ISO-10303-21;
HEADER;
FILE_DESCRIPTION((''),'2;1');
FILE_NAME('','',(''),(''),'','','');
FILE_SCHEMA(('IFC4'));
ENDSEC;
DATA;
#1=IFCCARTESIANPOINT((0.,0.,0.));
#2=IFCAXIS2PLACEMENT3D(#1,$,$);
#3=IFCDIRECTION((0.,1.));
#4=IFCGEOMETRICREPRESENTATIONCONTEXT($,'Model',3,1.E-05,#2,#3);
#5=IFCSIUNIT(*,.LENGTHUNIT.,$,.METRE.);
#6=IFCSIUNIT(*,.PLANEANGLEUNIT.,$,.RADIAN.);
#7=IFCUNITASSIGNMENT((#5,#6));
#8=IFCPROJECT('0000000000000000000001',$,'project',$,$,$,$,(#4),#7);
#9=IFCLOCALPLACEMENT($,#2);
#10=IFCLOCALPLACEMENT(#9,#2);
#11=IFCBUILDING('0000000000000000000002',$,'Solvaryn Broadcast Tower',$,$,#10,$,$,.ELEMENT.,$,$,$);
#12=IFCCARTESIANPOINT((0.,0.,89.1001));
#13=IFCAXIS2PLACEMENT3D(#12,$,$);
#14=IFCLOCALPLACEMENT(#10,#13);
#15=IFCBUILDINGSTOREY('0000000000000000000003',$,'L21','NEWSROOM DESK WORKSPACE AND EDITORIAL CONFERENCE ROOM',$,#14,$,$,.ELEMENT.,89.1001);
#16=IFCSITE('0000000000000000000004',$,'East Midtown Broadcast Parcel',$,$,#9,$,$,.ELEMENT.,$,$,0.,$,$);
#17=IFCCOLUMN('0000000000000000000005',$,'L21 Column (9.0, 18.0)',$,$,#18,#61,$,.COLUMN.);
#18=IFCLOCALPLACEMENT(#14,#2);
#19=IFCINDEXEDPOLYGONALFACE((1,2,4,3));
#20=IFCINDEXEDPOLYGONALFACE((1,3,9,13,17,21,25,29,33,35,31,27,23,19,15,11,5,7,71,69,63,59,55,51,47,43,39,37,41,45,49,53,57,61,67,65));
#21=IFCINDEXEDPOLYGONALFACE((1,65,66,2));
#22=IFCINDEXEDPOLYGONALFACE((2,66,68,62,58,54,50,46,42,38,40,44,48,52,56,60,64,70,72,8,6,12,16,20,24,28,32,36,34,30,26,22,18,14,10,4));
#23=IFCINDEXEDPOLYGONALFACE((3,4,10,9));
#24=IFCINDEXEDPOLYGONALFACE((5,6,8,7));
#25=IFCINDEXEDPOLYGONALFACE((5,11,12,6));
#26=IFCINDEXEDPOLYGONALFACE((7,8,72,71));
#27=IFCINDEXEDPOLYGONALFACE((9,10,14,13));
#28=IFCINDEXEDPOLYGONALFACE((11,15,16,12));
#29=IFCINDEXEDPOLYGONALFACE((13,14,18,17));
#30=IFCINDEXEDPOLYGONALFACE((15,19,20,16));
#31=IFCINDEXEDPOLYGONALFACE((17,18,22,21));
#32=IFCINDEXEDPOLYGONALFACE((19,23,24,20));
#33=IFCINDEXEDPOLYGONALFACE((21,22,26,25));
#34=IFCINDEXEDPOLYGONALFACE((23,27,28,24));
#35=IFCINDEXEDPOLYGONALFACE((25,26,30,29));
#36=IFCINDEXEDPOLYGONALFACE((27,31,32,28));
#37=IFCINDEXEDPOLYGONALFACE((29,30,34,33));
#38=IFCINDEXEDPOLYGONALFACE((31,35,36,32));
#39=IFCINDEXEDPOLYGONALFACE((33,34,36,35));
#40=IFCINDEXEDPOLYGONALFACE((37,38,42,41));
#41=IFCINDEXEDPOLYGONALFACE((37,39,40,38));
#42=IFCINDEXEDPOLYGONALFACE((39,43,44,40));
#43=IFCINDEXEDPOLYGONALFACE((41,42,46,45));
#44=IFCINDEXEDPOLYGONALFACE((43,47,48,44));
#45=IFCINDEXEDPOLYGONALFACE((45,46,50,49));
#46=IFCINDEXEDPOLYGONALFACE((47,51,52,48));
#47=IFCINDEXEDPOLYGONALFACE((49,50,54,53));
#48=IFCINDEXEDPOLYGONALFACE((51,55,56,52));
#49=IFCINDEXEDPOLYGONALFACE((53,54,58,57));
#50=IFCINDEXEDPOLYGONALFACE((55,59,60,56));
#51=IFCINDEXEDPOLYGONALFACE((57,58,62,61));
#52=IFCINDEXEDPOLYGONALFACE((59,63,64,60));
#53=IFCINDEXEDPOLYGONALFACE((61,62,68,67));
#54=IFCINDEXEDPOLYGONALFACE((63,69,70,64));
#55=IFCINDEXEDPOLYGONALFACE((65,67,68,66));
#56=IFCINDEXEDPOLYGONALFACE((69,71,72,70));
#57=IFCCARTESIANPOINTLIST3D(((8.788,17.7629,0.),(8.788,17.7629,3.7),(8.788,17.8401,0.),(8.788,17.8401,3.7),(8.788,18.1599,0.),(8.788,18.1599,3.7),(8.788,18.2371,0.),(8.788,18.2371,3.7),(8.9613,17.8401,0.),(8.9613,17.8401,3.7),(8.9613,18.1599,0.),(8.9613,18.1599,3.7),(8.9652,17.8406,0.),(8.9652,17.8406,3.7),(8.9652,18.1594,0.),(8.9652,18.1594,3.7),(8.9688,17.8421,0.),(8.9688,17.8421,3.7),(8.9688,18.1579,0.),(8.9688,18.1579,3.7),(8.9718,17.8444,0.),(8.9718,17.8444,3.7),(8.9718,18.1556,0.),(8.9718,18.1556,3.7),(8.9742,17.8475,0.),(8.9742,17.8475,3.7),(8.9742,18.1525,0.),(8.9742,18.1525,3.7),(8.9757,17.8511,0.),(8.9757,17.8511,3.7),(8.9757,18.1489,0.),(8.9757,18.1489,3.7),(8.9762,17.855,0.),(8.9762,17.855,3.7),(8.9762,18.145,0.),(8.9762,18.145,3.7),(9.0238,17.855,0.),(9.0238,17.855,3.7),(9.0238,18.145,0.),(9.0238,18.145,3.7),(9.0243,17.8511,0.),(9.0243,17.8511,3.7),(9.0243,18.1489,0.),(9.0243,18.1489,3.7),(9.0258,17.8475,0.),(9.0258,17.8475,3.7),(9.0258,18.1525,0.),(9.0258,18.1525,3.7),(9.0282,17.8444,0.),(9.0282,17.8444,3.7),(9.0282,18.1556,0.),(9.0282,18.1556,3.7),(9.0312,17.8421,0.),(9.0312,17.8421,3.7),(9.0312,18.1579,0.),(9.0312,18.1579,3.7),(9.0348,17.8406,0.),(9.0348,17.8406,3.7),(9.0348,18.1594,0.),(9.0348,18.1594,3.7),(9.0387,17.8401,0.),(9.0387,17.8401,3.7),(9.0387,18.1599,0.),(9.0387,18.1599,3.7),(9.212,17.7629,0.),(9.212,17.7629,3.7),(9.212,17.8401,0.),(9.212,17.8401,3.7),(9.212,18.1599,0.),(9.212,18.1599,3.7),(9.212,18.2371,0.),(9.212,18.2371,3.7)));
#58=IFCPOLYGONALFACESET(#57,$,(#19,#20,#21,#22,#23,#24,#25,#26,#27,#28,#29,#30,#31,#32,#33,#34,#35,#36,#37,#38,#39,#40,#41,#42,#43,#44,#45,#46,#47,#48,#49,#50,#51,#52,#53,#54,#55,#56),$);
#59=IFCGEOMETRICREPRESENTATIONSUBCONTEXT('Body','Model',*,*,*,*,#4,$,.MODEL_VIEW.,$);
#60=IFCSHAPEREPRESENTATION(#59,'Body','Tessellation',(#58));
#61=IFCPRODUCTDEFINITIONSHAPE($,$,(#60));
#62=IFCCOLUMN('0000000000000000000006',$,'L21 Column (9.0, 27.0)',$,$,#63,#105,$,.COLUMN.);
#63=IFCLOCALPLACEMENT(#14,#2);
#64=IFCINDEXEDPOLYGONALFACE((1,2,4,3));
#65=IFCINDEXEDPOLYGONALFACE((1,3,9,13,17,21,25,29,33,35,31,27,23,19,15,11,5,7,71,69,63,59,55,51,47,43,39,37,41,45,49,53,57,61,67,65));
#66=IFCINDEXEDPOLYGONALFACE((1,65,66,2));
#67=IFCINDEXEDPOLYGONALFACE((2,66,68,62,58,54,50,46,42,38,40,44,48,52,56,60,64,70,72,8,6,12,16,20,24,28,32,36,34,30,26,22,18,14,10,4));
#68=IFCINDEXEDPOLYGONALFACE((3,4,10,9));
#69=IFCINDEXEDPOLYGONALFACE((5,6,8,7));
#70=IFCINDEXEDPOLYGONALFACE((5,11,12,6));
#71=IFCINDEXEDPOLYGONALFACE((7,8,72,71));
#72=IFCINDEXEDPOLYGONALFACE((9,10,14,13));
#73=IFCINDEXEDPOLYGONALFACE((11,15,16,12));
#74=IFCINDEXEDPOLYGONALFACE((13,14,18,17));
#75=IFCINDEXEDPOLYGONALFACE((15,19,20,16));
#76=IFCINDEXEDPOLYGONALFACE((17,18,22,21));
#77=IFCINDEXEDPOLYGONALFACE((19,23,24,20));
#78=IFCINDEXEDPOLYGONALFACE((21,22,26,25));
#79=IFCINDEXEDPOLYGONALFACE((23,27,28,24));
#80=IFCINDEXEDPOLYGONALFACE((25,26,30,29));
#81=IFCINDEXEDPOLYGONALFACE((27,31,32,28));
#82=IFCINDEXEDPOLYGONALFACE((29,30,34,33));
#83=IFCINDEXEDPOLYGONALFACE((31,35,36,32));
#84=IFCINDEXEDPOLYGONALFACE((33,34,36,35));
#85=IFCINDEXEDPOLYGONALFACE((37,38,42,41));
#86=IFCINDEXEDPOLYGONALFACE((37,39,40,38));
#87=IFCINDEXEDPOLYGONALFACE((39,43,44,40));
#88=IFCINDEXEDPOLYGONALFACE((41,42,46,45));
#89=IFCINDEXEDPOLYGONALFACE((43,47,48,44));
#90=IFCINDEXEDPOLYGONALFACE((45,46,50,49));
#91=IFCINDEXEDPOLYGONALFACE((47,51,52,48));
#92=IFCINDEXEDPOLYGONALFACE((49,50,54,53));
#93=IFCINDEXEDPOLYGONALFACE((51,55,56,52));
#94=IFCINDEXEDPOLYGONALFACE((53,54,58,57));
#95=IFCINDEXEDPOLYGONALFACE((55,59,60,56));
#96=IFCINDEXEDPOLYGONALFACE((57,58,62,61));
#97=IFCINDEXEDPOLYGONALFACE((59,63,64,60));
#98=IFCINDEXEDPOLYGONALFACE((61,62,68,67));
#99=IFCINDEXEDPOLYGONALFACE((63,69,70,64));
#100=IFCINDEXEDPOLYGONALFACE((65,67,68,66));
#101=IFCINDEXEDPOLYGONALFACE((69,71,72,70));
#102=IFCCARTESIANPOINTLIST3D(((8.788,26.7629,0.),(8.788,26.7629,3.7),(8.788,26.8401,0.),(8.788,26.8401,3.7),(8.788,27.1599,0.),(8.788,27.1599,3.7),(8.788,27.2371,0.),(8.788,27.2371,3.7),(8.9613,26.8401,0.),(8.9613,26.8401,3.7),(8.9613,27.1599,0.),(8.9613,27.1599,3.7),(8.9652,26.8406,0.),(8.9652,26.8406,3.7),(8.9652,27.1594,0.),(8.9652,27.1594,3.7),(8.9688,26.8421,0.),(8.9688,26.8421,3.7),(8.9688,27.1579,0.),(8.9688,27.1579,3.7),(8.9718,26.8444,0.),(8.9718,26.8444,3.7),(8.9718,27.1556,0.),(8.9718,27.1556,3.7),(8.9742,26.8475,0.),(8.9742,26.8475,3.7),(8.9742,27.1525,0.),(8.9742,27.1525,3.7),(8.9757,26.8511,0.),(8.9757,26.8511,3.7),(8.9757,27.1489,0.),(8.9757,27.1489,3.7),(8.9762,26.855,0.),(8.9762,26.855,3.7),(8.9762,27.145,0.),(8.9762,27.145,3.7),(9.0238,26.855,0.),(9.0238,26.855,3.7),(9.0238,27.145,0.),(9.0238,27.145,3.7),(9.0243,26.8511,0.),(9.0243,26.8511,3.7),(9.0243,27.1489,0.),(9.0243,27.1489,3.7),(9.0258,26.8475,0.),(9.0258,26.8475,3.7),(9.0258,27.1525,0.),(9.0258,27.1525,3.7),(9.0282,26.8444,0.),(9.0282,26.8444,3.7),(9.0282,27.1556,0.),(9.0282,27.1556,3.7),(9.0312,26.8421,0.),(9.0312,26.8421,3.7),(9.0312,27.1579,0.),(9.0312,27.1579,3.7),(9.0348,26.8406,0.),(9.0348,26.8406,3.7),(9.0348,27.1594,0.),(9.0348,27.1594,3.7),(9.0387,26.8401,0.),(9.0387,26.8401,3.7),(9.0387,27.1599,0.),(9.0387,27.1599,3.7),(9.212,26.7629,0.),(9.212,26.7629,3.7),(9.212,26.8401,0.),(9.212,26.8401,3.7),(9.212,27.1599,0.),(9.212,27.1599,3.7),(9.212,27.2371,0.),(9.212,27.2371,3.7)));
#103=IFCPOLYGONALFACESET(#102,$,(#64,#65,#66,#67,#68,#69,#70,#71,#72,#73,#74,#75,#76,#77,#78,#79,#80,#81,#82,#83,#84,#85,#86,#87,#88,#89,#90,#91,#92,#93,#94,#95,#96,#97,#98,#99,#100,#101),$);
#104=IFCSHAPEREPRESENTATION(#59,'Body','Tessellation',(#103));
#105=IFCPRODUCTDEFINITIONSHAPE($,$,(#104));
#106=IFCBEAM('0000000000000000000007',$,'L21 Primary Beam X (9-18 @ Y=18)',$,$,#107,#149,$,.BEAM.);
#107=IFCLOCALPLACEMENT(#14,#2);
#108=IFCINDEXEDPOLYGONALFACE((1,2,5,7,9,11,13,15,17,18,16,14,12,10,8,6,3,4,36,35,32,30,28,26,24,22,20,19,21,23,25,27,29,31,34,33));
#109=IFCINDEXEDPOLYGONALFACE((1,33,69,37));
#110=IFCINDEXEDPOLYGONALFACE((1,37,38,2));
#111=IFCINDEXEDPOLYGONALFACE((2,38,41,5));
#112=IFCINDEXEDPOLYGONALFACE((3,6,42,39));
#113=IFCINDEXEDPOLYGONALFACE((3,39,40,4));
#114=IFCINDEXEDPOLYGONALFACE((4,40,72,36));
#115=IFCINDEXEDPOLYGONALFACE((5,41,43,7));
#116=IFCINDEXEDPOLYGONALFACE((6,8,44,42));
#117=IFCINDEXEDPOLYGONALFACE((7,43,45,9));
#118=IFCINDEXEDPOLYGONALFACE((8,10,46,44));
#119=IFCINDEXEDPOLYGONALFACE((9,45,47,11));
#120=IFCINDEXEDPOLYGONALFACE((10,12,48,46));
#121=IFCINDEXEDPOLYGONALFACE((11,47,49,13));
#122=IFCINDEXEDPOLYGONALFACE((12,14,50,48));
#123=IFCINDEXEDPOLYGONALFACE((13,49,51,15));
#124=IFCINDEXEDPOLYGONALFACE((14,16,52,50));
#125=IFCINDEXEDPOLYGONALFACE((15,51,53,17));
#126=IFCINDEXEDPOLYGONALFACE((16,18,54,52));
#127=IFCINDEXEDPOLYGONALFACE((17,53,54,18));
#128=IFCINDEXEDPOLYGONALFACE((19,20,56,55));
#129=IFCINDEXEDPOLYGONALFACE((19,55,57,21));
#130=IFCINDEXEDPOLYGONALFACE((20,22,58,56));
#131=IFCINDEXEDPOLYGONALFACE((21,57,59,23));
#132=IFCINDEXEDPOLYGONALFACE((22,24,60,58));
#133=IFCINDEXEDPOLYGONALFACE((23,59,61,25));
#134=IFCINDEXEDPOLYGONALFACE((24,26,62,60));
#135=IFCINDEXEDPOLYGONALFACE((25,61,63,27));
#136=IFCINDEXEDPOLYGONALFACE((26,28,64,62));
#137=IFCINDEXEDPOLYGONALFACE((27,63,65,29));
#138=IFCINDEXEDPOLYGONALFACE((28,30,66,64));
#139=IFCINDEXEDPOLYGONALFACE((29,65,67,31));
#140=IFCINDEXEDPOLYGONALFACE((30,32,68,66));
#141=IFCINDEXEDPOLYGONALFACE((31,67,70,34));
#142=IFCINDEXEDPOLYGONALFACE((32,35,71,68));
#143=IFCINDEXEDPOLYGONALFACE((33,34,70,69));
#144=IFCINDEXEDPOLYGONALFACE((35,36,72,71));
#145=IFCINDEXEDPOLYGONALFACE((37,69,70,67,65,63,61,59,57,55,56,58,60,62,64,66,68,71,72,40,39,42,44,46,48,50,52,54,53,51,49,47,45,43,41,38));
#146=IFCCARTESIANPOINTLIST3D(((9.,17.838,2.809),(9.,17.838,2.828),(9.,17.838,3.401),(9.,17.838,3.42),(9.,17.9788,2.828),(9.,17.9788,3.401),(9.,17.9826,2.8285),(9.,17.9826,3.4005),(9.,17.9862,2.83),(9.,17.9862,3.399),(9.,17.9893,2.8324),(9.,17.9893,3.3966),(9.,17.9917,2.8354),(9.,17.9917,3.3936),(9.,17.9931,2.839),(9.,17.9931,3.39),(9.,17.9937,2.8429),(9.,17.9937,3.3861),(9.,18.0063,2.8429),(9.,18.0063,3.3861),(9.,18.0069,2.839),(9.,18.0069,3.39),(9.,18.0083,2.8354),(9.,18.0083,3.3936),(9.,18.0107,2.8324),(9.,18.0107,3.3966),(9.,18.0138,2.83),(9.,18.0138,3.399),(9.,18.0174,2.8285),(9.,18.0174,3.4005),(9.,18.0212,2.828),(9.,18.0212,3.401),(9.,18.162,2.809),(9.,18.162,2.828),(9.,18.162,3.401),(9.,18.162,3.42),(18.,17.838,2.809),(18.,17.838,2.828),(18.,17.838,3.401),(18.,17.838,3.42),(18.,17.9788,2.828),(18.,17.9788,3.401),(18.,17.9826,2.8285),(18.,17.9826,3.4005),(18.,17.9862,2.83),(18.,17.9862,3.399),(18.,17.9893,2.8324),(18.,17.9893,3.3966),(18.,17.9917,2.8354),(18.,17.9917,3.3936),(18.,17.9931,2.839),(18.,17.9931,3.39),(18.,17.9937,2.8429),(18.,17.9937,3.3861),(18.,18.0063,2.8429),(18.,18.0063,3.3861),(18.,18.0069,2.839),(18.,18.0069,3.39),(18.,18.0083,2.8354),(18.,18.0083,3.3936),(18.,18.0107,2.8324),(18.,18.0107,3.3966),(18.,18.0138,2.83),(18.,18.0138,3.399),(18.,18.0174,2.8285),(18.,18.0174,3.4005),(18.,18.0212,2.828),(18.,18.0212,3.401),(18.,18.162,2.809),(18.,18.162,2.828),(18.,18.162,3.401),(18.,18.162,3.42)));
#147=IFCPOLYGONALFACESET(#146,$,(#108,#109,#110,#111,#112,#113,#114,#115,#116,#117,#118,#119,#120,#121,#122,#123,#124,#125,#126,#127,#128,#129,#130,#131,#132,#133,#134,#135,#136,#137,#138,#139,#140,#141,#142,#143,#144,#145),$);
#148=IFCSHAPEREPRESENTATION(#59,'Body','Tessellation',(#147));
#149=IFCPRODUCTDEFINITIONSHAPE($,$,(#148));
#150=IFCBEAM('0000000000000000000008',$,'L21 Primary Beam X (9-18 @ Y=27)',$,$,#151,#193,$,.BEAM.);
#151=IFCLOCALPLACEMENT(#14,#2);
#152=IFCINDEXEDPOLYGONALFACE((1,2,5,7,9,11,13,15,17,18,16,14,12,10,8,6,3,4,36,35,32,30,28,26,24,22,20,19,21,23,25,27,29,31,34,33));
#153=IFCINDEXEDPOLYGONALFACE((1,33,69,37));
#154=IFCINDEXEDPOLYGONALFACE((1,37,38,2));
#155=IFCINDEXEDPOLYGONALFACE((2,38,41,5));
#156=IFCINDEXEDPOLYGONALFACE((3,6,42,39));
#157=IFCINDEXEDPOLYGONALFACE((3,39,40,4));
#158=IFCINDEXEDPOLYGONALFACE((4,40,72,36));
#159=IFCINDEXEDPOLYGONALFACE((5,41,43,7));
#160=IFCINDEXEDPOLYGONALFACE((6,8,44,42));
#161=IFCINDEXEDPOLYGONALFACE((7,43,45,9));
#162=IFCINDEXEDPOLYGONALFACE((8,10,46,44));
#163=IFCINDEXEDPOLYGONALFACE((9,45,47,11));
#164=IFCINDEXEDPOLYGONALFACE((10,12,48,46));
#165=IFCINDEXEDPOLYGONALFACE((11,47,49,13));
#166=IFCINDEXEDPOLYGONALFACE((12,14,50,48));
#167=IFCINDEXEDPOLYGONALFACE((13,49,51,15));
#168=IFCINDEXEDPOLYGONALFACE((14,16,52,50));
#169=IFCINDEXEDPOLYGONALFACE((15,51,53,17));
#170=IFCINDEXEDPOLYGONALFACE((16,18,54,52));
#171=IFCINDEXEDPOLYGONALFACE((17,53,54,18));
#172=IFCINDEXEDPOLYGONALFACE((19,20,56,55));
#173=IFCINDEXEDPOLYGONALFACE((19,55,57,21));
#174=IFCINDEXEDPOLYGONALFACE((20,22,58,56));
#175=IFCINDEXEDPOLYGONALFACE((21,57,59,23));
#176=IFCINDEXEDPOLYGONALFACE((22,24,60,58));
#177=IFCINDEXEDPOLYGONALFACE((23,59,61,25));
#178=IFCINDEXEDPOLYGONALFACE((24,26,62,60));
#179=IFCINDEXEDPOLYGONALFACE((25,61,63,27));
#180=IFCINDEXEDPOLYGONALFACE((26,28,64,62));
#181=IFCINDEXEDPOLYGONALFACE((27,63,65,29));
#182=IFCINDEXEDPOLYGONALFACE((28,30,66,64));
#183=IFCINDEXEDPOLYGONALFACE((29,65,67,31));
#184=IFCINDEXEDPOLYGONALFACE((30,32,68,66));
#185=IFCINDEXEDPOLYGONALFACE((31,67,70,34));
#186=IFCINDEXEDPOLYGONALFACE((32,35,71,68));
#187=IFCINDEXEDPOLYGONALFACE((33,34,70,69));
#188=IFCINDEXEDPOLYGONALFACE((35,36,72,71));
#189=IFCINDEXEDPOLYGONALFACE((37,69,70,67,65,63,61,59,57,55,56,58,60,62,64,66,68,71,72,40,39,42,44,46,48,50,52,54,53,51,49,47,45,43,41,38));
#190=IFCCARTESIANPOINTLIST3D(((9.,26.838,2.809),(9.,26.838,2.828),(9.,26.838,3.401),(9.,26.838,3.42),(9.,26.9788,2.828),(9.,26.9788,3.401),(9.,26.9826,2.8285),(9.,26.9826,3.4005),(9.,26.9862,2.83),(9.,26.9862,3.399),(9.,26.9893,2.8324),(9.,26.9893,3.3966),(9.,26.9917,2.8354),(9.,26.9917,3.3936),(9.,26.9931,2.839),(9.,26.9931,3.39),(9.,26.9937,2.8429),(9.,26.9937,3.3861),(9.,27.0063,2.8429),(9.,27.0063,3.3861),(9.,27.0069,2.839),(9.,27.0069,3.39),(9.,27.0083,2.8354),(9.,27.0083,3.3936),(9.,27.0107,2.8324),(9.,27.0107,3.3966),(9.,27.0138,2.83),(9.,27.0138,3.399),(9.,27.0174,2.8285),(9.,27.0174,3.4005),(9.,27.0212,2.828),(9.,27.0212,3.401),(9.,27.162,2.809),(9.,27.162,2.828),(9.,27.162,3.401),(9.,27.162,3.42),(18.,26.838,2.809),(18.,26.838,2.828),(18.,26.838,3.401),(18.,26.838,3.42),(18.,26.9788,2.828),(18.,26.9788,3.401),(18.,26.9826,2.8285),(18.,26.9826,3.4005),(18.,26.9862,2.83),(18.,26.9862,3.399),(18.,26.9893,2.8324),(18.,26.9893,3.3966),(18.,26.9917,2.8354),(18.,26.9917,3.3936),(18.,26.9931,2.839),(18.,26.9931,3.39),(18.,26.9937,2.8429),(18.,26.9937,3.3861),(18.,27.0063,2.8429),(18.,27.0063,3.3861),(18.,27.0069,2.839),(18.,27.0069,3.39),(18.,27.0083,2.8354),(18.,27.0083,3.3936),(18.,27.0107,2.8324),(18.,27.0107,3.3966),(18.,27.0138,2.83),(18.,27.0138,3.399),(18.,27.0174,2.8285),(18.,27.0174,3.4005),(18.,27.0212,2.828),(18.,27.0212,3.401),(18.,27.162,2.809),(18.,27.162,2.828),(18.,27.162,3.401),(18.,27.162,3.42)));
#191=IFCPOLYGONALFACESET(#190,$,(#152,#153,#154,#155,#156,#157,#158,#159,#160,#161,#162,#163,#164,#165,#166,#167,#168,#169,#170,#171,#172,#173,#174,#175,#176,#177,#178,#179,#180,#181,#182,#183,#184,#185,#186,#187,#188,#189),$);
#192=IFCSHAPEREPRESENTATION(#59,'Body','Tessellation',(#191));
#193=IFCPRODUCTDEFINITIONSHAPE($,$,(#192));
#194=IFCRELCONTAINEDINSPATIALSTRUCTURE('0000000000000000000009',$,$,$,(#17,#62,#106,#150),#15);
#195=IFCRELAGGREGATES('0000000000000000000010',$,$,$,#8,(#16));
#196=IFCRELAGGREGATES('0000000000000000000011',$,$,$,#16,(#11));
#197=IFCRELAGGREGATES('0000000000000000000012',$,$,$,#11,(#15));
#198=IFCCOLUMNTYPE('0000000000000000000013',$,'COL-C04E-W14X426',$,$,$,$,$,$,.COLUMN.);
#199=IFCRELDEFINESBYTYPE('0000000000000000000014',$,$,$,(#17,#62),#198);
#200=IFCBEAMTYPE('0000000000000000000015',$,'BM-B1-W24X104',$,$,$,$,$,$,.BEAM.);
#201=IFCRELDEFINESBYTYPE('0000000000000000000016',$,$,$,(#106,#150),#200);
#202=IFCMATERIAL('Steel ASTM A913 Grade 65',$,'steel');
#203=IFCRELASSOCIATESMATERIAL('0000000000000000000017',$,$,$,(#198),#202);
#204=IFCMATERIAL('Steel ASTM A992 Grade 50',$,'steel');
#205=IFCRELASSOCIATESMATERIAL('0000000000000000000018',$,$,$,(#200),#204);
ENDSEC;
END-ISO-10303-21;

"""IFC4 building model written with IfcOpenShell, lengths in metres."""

from ifc_helpers import new_model, si_unit, direction, frame, origin, origin_2d, place, context, subcontext, project, spatial, i_section, extrude, material, material_profile, profile_set, type_object, element, save


model = new_model("IFC4")

# Units and contexts
model_context = context("Model", 3, precision=1e-05, world=origin(), true_north=direction((0.0, 1.0)))
body_context = subcontext(model_context, "Body", "Model", "MODEL_VIEW")
ifc_project = project(units=[si_unit("LENGTHUNIT", "METRE"), si_unit("PLANEANGLEUNIT", "RADIAN")], contexts=[model_context])

# Site, building, storey
site_placement = place(None, origin())
site = spatial("IfcSite", under=ifc_project, at=site_placement, Name="East Midtown Broadcast Parcel", CompositionType="ELEMENT", RefElevation=0.0)
building_placement = place(site_placement, origin())
building = spatial("IfcBuilding", under=site, at=building_placement, Name="Solvaryn Broadcast Tower", CompositionType="ELEMENT")
storey_placement = place(building_placement, frame((0.0, 0.0, 89.1001)))
storey = spatial("IfcBuildingStorey", under=building, at=storey_placement, Name="L21", Description="NEWSROOM DESK WORKSPACE AND EDITORIAL CONFERENCE ROOM", CompositionType="ELEMENT", Elevation=89.1001)

# Columns
ifc_material_1 = material(Name="Steel ASTM A913 Grade 65", Category="steel")
ifc_material_profile_1 = material_profile(ifc_material_1, i_section(OverallWidth=0.4241, OverallDepth=0.4741, WebThickness=0.0476, FlangeThickness=0.0771, FilletRadius=0.0149, at=origin_2d()))
ifc_profile_set_1 = profile_set([ifc_material_profile_1], Name="Steel ASTM A913 Grade 65")
column_type = type_object("IfcColumnType", Name="COL-C04E-W14X426", PredefinedType="COLUMN", material=ifc_profile_set_1)
for number, where, z_axis, x_axis, name in (
    (1, (9.0, 18.0, 0.0), (0.0, 0.0, 1.0), (1.0, 0.0, 0.0), "L21 Column (9.0, 18.0)"),
    (2, (9.0, 27.0, 0.0), (0.0, 0.0, 1.0), (1.0, 0.0, 0.0), "L21 Column (9.0, 27.0)"),
):
    element("IfcColumn", number, at=place(storey_placement, frame(where, z_axis=z_axis, x_axis=x_axis)), inside=storey, type_object=column_type, Name=name, PredefinedType="COLUMN", context=body_context, shape_type="SweptSolid", body=[
        extrude(i_section(OverallWidth=0.4241, OverallDepth=0.4741, WebThickness=0.0476, FlangeThickness=0.0771, FilletRadius=0.0149, at=origin_2d()), origin(), (0.0, 0.0, 1.0), 3.7),
    ])

# Beams
ifc_material_2 = material(Name="Steel ASTM A992 Grade 50", Category="steel")
ifc_material_profile_2 = material_profile(ifc_material_2, i_section(OverallWidth=0.324, OverallDepth=0.6111, WebThickness=0.0127, FlangeThickness=0.019, FilletRadius=0.0149, at=origin_2d()))
ifc_profile_set_2 = profile_set([ifc_material_profile_2], Name="Steel ASTM A992 Grade 50")
beam_type_1 = type_object("IfcBeamType", Name="BM-B1-W24X104", PredefinedType="BEAM", material=ifc_profile_set_2)
for number, where, z_axis, x_axis, name in (
    (3, (9.0, 18.0, 3.1145), (1.0, 0.0, 0.0), (0.0, 1.0, 0.0), "L21 Primary Beam X (9-18 @ Y=18)"),
    (4, (9.0, 27.0, 3.1145), (1.0, 0.0, 0.0), (0.0, 1.0, 0.0), "L21 Primary Beam X (9-18 @ Y=27)"),
):
    element("IfcBeam", number, at=place(storey_placement, frame(where, z_axis=z_axis, x_axis=x_axis)), inside=storey, type_object=beam_type_1, Name=name, PredefinedType="BEAM", context=body_context, shape_type="SweptSolid", body=[
        extrude(i_section(OverallWidth=0.324, OverallDepth=0.6111, WebThickness=0.0127, FlangeThickness=0.019, FilletRadius=0.0149, at=origin_2d()), origin(), (0.0, 0.0, 1.0), 9.0),
    ])

save(model, "model.ifc")
